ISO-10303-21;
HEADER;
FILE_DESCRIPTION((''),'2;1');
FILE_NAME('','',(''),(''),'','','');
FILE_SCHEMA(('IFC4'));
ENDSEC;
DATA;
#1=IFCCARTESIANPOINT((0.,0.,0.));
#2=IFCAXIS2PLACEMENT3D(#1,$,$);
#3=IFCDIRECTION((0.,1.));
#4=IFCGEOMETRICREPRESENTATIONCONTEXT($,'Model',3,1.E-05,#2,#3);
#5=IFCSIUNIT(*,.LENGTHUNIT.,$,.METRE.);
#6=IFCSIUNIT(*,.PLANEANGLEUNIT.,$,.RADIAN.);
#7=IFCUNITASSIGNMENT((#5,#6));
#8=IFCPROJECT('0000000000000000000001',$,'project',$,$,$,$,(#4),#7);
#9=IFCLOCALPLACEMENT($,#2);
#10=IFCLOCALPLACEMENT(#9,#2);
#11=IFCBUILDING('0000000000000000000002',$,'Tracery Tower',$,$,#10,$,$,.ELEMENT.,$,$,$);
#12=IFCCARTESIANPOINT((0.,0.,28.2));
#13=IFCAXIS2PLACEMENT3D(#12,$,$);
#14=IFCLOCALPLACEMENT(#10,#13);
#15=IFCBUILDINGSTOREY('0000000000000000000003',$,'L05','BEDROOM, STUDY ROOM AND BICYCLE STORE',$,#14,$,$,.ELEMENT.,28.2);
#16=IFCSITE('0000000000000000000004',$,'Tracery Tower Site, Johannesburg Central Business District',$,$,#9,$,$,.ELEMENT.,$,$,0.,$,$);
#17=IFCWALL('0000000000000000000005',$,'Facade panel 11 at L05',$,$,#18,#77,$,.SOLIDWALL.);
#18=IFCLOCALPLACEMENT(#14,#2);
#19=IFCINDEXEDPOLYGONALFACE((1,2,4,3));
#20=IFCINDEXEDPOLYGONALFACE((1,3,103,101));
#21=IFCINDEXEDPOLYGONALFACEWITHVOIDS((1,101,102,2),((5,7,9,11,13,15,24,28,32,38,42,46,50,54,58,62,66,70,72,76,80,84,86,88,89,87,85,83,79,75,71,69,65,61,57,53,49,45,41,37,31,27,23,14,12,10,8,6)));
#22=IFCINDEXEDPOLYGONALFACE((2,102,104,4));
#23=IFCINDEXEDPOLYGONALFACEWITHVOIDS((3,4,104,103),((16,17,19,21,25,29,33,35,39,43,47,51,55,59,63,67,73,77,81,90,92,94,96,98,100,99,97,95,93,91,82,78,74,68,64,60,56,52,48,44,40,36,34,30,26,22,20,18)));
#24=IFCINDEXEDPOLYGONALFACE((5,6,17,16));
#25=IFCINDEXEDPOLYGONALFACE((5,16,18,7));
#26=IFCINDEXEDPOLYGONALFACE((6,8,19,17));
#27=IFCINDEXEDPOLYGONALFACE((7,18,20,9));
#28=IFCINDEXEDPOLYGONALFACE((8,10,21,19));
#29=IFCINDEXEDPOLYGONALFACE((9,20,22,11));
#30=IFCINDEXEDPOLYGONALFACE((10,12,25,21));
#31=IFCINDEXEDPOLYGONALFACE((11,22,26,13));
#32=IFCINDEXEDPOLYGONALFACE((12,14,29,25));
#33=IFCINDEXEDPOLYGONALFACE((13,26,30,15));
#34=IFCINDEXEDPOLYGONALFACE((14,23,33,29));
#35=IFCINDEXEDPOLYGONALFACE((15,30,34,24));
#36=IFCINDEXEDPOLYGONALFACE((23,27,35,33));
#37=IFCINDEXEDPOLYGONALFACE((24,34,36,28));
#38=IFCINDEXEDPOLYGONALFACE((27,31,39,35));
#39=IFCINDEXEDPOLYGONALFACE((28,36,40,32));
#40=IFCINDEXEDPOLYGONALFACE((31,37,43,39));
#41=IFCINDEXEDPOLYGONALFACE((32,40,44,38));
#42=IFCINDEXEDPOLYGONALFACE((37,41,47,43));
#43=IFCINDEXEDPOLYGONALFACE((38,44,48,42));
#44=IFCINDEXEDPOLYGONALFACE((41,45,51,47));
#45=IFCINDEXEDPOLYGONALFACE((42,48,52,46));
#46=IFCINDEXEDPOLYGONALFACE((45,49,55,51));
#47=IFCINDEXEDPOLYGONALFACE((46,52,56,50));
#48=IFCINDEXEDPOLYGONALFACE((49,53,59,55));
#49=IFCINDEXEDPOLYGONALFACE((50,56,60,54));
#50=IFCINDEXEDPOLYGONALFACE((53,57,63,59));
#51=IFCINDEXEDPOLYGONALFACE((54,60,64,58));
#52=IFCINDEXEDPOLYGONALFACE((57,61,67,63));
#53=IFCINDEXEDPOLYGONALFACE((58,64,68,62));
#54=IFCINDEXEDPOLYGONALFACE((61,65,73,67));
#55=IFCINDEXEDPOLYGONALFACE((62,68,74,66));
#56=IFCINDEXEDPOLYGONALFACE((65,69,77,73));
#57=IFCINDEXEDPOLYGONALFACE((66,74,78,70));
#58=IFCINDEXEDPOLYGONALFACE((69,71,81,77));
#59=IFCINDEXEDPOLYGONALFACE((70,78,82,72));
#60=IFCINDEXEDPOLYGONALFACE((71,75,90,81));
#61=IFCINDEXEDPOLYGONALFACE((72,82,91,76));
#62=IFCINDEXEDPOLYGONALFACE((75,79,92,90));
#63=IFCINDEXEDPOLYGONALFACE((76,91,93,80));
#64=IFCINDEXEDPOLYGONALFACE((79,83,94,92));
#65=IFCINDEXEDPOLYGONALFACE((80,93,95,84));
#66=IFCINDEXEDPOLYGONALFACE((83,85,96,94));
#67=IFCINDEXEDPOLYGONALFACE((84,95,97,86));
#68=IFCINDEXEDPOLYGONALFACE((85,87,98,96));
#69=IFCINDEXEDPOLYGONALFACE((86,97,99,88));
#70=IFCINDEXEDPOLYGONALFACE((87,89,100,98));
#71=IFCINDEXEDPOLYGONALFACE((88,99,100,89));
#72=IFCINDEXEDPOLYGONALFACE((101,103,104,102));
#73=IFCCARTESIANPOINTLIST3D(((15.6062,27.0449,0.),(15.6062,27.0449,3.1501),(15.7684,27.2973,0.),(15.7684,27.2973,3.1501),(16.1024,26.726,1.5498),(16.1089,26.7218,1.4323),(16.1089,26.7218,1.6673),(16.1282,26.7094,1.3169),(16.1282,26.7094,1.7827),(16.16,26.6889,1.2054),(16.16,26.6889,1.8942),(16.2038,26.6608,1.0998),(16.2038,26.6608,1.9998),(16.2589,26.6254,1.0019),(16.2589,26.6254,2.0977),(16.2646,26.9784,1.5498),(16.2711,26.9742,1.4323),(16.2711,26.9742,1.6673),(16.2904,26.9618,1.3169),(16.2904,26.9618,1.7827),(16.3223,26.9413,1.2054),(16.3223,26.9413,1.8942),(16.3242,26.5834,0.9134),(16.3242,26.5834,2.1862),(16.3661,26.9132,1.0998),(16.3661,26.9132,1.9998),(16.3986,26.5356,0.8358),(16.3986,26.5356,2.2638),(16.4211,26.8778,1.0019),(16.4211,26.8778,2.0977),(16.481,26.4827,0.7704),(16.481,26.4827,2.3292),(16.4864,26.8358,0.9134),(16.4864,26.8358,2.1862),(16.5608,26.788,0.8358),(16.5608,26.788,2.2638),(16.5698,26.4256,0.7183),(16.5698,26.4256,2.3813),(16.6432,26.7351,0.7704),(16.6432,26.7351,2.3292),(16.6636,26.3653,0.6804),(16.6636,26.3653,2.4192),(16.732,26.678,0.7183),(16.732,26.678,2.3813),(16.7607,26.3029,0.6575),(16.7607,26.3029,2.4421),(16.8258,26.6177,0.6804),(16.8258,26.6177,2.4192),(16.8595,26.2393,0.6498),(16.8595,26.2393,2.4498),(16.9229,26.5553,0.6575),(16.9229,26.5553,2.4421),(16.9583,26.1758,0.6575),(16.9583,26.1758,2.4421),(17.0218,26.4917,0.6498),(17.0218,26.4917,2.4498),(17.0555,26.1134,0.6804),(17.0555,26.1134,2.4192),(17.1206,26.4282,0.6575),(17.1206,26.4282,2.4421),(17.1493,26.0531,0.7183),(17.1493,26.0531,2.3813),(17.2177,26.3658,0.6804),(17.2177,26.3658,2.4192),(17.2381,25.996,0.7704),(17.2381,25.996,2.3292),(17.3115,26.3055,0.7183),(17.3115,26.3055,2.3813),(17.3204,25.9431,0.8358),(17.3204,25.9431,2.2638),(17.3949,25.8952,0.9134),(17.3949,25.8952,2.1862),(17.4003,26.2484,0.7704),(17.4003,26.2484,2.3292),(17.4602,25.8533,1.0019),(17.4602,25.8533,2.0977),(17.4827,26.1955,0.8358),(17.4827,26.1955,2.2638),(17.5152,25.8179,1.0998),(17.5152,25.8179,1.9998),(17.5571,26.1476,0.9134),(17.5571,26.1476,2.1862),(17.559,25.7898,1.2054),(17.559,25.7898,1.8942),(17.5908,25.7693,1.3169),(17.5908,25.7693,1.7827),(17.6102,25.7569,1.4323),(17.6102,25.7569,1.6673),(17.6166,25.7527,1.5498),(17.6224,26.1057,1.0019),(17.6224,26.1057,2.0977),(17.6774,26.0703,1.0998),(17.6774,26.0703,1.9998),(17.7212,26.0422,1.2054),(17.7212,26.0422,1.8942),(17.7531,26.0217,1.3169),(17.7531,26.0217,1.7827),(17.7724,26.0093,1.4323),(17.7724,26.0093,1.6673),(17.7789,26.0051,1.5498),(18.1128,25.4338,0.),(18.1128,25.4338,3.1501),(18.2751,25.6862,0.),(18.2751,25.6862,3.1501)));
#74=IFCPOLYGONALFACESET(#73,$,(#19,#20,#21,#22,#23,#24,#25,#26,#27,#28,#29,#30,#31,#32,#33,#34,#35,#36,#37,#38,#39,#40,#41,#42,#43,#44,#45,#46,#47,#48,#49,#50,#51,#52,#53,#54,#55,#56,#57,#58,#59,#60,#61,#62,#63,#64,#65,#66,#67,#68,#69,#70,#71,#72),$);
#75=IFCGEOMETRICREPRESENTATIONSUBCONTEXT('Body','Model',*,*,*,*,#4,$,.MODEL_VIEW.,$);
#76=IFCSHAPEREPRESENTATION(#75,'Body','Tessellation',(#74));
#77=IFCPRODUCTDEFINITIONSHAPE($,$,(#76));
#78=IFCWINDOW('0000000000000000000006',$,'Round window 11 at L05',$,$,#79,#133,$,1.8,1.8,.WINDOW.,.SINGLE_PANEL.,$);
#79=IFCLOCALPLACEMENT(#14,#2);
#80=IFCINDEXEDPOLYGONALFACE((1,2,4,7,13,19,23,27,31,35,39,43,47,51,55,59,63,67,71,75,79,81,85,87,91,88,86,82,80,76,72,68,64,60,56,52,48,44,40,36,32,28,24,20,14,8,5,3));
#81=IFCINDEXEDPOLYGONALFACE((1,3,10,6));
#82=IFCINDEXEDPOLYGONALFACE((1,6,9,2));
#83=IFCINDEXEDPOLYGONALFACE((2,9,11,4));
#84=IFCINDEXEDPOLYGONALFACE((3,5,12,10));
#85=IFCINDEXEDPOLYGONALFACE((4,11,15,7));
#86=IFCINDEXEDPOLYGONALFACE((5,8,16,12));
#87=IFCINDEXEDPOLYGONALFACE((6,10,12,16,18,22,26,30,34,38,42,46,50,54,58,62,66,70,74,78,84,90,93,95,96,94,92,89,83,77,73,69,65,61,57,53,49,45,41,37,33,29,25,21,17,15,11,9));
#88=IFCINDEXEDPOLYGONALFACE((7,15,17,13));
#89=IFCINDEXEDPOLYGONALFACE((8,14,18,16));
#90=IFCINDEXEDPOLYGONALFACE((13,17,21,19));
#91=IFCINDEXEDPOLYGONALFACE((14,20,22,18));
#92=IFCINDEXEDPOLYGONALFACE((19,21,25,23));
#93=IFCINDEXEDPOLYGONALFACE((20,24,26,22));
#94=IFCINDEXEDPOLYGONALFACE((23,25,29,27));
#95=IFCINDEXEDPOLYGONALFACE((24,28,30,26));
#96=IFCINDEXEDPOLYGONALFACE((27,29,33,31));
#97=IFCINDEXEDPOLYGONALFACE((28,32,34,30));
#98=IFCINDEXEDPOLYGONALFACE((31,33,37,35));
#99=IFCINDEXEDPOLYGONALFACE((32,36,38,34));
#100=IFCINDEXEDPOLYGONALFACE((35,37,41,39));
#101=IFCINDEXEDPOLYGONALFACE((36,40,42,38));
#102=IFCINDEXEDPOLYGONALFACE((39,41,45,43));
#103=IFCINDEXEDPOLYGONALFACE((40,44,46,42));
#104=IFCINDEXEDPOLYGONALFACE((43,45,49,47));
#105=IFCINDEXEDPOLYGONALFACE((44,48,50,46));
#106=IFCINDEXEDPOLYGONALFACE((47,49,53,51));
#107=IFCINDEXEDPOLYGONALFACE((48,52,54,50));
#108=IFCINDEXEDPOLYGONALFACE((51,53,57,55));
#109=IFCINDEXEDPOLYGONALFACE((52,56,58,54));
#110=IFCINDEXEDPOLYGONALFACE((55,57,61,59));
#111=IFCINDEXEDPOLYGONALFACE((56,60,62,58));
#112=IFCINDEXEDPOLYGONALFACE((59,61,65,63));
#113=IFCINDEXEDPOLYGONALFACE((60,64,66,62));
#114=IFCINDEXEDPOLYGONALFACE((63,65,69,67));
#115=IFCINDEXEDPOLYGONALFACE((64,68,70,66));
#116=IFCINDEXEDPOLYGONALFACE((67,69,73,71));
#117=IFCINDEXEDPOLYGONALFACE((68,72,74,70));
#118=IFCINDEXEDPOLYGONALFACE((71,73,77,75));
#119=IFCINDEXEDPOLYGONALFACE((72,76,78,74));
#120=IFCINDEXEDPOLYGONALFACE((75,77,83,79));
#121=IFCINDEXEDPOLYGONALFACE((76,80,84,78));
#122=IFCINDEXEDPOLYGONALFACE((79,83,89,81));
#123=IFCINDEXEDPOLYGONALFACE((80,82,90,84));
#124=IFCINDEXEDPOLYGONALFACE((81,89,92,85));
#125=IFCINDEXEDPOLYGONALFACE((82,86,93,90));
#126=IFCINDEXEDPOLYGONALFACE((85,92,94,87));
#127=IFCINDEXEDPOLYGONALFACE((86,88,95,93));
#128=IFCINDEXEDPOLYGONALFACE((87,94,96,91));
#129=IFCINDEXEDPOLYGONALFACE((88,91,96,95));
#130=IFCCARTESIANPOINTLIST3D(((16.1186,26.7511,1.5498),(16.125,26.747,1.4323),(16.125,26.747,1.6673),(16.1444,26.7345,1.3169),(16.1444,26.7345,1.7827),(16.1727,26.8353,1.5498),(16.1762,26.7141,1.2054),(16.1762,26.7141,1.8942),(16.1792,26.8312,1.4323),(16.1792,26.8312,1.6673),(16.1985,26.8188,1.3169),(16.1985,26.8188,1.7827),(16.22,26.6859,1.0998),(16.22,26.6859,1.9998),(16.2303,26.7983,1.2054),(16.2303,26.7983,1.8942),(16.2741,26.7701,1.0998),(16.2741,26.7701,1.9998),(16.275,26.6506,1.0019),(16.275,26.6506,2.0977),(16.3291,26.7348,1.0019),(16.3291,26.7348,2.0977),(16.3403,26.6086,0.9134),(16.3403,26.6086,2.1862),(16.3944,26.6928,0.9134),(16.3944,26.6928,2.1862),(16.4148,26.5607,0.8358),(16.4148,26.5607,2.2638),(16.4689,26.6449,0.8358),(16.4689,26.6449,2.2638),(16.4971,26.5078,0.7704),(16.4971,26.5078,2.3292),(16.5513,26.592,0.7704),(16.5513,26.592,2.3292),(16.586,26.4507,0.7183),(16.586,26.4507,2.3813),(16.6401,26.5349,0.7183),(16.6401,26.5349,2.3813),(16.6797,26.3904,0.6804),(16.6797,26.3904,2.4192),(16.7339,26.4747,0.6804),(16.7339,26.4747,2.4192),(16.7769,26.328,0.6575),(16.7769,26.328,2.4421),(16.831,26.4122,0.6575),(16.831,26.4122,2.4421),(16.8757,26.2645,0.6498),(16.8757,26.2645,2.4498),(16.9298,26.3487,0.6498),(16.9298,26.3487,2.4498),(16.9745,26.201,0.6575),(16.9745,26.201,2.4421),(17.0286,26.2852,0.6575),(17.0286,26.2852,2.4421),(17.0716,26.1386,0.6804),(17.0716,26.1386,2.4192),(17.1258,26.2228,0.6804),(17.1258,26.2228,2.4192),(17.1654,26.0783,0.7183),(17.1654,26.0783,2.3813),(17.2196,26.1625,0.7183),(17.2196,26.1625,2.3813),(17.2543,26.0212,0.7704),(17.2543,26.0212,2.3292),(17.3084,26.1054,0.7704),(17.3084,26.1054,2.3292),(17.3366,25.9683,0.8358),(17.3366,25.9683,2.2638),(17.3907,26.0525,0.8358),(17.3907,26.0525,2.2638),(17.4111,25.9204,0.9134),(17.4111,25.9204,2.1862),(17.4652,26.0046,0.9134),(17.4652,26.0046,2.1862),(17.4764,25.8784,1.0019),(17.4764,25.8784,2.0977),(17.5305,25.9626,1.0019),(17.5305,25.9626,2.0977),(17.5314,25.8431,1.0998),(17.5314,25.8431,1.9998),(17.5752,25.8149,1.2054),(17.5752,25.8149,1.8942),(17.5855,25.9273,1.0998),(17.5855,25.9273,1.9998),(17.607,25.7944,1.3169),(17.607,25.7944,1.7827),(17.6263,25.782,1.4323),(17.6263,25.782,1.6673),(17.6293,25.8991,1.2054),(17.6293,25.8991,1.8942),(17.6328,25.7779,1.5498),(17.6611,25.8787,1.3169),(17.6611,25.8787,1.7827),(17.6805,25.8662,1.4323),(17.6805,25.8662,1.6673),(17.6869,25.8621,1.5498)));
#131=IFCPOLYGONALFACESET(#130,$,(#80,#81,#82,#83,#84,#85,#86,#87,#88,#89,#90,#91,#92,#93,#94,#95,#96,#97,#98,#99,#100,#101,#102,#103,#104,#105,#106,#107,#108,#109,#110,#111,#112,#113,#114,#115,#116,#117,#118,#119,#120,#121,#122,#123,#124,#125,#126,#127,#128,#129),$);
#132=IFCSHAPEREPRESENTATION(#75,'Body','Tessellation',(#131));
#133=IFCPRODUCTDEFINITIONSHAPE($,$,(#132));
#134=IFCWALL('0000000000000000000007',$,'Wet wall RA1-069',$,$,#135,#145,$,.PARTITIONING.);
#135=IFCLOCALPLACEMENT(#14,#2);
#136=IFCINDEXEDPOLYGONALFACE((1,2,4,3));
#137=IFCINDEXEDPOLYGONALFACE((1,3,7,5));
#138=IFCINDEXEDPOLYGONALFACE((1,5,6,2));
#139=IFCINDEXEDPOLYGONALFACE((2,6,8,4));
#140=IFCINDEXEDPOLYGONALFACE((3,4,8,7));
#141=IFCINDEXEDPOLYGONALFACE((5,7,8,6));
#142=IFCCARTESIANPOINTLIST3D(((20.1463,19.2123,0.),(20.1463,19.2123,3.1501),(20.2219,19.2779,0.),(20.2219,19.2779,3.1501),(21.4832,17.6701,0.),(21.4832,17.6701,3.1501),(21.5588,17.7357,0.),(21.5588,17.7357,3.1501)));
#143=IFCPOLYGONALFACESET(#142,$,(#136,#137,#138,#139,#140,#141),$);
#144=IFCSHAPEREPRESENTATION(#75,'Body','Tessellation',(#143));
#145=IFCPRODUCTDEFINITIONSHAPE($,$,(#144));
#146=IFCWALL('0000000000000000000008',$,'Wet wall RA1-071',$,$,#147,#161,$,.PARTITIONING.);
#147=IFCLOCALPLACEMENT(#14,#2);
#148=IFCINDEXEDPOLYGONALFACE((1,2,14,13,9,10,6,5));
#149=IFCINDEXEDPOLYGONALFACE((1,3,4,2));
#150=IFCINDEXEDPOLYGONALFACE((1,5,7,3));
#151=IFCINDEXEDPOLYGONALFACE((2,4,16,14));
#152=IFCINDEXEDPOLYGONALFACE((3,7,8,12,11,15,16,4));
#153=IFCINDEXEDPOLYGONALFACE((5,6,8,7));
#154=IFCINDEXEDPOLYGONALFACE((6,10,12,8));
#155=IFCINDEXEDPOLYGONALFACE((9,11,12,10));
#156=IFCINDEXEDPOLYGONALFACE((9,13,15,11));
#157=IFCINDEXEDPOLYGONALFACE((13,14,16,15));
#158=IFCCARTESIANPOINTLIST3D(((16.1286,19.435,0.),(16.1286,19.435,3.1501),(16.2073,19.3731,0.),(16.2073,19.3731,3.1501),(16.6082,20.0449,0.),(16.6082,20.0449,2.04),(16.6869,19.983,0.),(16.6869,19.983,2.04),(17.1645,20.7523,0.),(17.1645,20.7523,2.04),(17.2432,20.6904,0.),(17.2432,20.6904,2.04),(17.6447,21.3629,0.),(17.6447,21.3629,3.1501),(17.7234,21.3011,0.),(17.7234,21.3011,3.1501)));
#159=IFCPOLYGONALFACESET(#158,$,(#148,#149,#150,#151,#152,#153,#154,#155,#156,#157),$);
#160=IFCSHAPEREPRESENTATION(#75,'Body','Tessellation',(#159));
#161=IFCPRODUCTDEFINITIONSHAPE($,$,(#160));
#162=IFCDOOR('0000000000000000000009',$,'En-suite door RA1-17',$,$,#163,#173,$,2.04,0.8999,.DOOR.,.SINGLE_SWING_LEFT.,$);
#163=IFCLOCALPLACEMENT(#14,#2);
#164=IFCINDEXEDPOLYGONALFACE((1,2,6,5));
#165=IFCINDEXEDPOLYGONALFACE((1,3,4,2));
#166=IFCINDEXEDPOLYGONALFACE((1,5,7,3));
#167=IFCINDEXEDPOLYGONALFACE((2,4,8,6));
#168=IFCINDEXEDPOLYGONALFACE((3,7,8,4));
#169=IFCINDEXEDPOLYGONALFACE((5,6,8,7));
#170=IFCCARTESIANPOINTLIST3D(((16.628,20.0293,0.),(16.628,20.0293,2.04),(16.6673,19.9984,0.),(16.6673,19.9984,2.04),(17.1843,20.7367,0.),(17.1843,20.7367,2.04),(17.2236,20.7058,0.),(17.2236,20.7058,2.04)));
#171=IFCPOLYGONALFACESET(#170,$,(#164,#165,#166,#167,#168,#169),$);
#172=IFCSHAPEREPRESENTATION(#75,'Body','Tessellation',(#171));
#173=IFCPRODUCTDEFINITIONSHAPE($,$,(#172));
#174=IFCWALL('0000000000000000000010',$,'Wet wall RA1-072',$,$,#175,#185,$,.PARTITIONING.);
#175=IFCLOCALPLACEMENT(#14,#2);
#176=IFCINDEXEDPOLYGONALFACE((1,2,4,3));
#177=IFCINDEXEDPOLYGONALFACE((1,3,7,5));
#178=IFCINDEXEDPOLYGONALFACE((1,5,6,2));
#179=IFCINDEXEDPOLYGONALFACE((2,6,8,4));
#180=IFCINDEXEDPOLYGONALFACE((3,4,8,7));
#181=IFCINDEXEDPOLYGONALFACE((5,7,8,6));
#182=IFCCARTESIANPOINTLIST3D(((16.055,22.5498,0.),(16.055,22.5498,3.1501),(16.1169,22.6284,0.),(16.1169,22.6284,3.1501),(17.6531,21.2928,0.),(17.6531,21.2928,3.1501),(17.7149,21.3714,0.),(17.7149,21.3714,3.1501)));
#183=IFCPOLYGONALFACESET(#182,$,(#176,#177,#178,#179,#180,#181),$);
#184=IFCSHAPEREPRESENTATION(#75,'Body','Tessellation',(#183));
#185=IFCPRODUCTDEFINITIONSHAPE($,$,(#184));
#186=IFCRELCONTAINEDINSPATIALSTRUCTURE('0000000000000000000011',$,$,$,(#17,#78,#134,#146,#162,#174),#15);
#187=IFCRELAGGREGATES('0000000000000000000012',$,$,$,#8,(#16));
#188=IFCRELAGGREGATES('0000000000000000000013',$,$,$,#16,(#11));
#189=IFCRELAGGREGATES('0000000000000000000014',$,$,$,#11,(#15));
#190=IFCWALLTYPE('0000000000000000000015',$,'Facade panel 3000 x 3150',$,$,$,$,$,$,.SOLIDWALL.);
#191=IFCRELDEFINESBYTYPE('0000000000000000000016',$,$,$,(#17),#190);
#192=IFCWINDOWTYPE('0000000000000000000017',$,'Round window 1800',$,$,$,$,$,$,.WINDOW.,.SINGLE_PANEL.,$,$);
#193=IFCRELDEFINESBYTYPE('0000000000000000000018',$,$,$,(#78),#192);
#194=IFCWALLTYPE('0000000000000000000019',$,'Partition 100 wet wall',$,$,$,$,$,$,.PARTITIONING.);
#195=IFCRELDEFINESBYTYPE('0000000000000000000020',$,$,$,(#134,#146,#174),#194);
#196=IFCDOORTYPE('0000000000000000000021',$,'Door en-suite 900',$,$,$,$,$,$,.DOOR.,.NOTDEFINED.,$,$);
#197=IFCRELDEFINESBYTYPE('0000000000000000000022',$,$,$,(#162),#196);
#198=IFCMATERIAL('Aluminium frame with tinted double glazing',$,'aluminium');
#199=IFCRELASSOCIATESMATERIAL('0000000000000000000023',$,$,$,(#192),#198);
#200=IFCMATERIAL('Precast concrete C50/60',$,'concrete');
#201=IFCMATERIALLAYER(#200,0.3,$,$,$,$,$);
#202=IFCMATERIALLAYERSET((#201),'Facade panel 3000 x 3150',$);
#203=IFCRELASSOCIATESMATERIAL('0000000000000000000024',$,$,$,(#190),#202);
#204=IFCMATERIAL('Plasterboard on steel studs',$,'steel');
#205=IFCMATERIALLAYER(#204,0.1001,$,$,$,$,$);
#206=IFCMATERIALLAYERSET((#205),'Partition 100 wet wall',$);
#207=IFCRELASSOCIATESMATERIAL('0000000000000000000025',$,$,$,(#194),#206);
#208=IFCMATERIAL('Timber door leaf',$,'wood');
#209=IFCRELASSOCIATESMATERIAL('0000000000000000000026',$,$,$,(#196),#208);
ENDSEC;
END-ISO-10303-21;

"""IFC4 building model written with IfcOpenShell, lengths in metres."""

from ifc_helpers import new_model, si_unit, direction, frame, frame_2d, origin, origin_2d, place, context, subcontext, project, spatial, rectangle, circle, extrude, material, layer, layer_set, type_object, element, fill, save


model = new_model("IFC4")

# Units and contexts
model_context = context("Model", 3, precision=1e-05, world=origin(), true_north=direction((0.0, 1.0)))
body_context = subcontext(model_context, "Body", "Model", "MODEL_VIEW")
ifc_project = project(units=[si_unit("LENGTHUNIT", "METRE"), si_unit("PLANEANGLEUNIT", "RADIAN")], contexts=[model_context])

# Site, building, storey
site_placement = place(None, origin())
site = spatial("IfcSite", under=ifc_project, at=site_placement, Name="Tracery Tower Site, Johannesburg Central Business District", CompositionType="ELEMENT", RefElevation=0.0)
building_placement = place(site_placement, origin())
building = spatial("IfcBuilding", under=site, at=building_placement, Name="Tracery Tower", CompositionType="ELEMENT")
storey_placement = place(building_placement, frame((0.0, 0.0, 28.2)))
storey = spatial("IfcBuildingStorey", under=building, at=storey_placement, Name="L05", Description="BEDROOM, STUDY ROOM AND BICYCLE STORE", CompositionType="ELEMENT", Elevation=28.2)

# Wall, opening, window
ifc_material_1 = material(Name="Aluminium frame with tinted double glazing", Category="aluminium")
window_type = type_object("IfcWindowType", Name="Round window 1800", PartitioningType="SINGLE_PANEL", PredefinedType="WINDOW", material=ifc_material_1)
ifc_material_2 = material(Name="Precast concrete C50/60", Category="concrete")
ifc_layer_1 = layer(ifc_material_2, 0.3)
ifc_layer_set_1 = layer_set([ifc_layer_1], Name="Facade panel 3000 x 3150")
wall_type_1 = type_object("IfcWallType", Name="Facade panel 3000 x 3150", PredefinedType="SOLIDWALL", material=ifc_layer_set_1)
wall_1_placement = place(storey_placement, frame((18.1938, 25.5601, 0.0), z_axis=(0.0, 0.0, 1.0), x_axis=(-0.841224, 0.540687, 0.0)))
wall_1 = element("IfcWall", 1, at=wall_1_placement, inside=storey, type_object=wall_type_1, Name="Facade panel 11 at L05", PredefinedType="SOLIDWALL", context=body_context, shape_type="SweptSolid", body=[
    extrude(rectangle(XDim=2.9797, YDim=0.3, at=frame_2d((1.4897, 0.0))), origin(), (0.0, 0.0, 1.0), 3.1501),
])
opening_1_placement = place(wall_1_placement, frame((1.4897, 0.0, 1.5498)))
opening_1 = element("IfcOpeningElement", 2, at=opening_1_placement, cuts=wall_1, PredefinedType="OPENING", context=body_context, shape_type="SweptSolid", body=[
    extrude(circle(Radius=0.9, at=origin_2d()), frame((0.0, 0.1599, 0.0), z_axis=(0.0, -1.0, 0.0), x_axis=(1.0, 0.0, 0.0)), (0.0, 0.0, 1.0), 0.3201),
])
window_1_placement = place(opening_1_placement, origin())
window_1 = element("IfcWindow", 3, at=window_1_placement, inside=storey, type_object=window_type, Name="Round window 11 at L05", OverallHeight=1.8, OverallWidth=1.8, PartitioningType="SINGLE_PANEL", PredefinedType="WINDOW", context=body_context, shape_type="SweptSolid", body=[
    extrude(circle(Radius=0.9, at=origin_2d()), frame((0.0, 0.1201, 0.0), z_axis=(0.0, -1.0, 0.0), x_axis=(1.0, 0.0, 0.0)), (0.0, 0.0, 1.0), 0.1001),
])
fill(opening_1, window_1)

# Wall
ifc_material_3 = material(Name="Plasterboard on steel studs", Category="steel")
ifc_layer_2 = layer(ifc_material_3, 0.1001)
ifc_layer_set_2 = layer_set([ifc_layer_2], Name="Partition 100 wet wall")
wall_type_2 = type_object("IfcWallType", Name="Partition 100 wet wall", PredefinedType="PARTITIONING", material=ifc_layer_set_2)
wall_2_placement = place(storey_placement, frame((20.1841, 19.2451, 0.0), z_axis=(0.0, 0.0, 1.0), x_axis=(0.655017, -0.755614, 0.0)))
element("IfcWall", 4, at=wall_2_placement, inside=storey, type_object=wall_type_2, Name="Wet wall RA1-069", PredefinedType="PARTITIONING", context=body_context, shape_type="SweptSolid", body=[
    extrude(rectangle(XDim=2.041, YDim=0.1001, at=frame_2d((1.0205, 0.0))), origin(), (0.0, 0.0, 1.0), 3.1501),
])

# Wall, opening, door
wall_3_placement = place(storey_placement, frame((16.168, 19.4041, 0.0), z_axis=(0.0, 0.0, 1.0), x_axis=(0.618142, 0.786066, 0.0)))
wall_3 = element("IfcWall", 5, at=wall_3_placement, inside=storey, type_object=wall_type_2, Name="Wet wall RA1-071", PredefinedType="PARTITIONING", context=body_context, shape_type="SweptSolid", body=[
    extrude(rectangle(XDim=2.4526, YDim=0.1001, at=frame_2d((1.2263, 0.0))), origin(), (0.0, 0.0, 1.0), 3.1501),
])
opening_2_placement = place(wall_3_placement, frame((0.7759, 0.0, 0.0)))
opening_2 = element("IfcOpeningElement", 6, at=opening_2_placement, cuts=wall_3, PredefinedType="OPENING", context=body_context, shape_type="SweptSolid", body=[
    extrude(rectangle(XDim=0.8999, YDim=2.04, at=frame_2d((0.45, 1.02))), frame((0.0, 0.05, 0.0), z_axis=(0.0, -1.0, 0.0), x_axis=(1.0, 0.0, 0.0)), (0.0, 0.0, 1.0), 0.1001),
])
ifc_material_4 = material(Name="Timber door leaf", Category="wood")
door_type = type_object("IfcDoorType", Name="Door en-suite 900", OperationType="NOTDEFINED", PredefinedType="DOOR", material=ifc_material_4)
door_placement = place(opening_2_placement, origin())
door = element("IfcDoor", 7, at=door_placement, inside=storey, type_object=door_type, Name="En-suite door RA1-17", OperationType="SINGLE_SWING_LEFT", OverallHeight=2.04, OverallWidth=0.8999, PredefinedType="DOOR", context=body_context, shape_type="SweptSolid", body=[
    extrude(rectangle(XDim=0.8999, YDim=2.04, at=frame_2d((0.45, 1.02))), frame((0.0, 0.0249, 0.0), z_axis=(0.0, -1.0, 0.0), x_axis=(1.0, 0.0, 0.0)), (0.0, 0.0, 1.0), 0.05),
])
fill(opening_2, door)

# Wall
wall_4_placement = place(storey_placement, frame((16.0859, 22.5891, 0.0), z_axis=(0.0, 0.0, 1.0), x_axis=(0.785985, -0.618246, 0.0)))
element("IfcWall", 8, at=wall_4_placement, inside=storey, type_object=wall_type_2, Name="Wet wall RA1-072", PredefinedType="PARTITIONING", context=body_context, shape_type="SweptSolid", body=[
    extrude(rectangle(XDim=2.0332, YDim=0.1001, at=frame_2d((1.0166, 0.0))), origin(), (0.0, 0.0, 1.0), 3.1501),
])

save(model, "model.ifc")
